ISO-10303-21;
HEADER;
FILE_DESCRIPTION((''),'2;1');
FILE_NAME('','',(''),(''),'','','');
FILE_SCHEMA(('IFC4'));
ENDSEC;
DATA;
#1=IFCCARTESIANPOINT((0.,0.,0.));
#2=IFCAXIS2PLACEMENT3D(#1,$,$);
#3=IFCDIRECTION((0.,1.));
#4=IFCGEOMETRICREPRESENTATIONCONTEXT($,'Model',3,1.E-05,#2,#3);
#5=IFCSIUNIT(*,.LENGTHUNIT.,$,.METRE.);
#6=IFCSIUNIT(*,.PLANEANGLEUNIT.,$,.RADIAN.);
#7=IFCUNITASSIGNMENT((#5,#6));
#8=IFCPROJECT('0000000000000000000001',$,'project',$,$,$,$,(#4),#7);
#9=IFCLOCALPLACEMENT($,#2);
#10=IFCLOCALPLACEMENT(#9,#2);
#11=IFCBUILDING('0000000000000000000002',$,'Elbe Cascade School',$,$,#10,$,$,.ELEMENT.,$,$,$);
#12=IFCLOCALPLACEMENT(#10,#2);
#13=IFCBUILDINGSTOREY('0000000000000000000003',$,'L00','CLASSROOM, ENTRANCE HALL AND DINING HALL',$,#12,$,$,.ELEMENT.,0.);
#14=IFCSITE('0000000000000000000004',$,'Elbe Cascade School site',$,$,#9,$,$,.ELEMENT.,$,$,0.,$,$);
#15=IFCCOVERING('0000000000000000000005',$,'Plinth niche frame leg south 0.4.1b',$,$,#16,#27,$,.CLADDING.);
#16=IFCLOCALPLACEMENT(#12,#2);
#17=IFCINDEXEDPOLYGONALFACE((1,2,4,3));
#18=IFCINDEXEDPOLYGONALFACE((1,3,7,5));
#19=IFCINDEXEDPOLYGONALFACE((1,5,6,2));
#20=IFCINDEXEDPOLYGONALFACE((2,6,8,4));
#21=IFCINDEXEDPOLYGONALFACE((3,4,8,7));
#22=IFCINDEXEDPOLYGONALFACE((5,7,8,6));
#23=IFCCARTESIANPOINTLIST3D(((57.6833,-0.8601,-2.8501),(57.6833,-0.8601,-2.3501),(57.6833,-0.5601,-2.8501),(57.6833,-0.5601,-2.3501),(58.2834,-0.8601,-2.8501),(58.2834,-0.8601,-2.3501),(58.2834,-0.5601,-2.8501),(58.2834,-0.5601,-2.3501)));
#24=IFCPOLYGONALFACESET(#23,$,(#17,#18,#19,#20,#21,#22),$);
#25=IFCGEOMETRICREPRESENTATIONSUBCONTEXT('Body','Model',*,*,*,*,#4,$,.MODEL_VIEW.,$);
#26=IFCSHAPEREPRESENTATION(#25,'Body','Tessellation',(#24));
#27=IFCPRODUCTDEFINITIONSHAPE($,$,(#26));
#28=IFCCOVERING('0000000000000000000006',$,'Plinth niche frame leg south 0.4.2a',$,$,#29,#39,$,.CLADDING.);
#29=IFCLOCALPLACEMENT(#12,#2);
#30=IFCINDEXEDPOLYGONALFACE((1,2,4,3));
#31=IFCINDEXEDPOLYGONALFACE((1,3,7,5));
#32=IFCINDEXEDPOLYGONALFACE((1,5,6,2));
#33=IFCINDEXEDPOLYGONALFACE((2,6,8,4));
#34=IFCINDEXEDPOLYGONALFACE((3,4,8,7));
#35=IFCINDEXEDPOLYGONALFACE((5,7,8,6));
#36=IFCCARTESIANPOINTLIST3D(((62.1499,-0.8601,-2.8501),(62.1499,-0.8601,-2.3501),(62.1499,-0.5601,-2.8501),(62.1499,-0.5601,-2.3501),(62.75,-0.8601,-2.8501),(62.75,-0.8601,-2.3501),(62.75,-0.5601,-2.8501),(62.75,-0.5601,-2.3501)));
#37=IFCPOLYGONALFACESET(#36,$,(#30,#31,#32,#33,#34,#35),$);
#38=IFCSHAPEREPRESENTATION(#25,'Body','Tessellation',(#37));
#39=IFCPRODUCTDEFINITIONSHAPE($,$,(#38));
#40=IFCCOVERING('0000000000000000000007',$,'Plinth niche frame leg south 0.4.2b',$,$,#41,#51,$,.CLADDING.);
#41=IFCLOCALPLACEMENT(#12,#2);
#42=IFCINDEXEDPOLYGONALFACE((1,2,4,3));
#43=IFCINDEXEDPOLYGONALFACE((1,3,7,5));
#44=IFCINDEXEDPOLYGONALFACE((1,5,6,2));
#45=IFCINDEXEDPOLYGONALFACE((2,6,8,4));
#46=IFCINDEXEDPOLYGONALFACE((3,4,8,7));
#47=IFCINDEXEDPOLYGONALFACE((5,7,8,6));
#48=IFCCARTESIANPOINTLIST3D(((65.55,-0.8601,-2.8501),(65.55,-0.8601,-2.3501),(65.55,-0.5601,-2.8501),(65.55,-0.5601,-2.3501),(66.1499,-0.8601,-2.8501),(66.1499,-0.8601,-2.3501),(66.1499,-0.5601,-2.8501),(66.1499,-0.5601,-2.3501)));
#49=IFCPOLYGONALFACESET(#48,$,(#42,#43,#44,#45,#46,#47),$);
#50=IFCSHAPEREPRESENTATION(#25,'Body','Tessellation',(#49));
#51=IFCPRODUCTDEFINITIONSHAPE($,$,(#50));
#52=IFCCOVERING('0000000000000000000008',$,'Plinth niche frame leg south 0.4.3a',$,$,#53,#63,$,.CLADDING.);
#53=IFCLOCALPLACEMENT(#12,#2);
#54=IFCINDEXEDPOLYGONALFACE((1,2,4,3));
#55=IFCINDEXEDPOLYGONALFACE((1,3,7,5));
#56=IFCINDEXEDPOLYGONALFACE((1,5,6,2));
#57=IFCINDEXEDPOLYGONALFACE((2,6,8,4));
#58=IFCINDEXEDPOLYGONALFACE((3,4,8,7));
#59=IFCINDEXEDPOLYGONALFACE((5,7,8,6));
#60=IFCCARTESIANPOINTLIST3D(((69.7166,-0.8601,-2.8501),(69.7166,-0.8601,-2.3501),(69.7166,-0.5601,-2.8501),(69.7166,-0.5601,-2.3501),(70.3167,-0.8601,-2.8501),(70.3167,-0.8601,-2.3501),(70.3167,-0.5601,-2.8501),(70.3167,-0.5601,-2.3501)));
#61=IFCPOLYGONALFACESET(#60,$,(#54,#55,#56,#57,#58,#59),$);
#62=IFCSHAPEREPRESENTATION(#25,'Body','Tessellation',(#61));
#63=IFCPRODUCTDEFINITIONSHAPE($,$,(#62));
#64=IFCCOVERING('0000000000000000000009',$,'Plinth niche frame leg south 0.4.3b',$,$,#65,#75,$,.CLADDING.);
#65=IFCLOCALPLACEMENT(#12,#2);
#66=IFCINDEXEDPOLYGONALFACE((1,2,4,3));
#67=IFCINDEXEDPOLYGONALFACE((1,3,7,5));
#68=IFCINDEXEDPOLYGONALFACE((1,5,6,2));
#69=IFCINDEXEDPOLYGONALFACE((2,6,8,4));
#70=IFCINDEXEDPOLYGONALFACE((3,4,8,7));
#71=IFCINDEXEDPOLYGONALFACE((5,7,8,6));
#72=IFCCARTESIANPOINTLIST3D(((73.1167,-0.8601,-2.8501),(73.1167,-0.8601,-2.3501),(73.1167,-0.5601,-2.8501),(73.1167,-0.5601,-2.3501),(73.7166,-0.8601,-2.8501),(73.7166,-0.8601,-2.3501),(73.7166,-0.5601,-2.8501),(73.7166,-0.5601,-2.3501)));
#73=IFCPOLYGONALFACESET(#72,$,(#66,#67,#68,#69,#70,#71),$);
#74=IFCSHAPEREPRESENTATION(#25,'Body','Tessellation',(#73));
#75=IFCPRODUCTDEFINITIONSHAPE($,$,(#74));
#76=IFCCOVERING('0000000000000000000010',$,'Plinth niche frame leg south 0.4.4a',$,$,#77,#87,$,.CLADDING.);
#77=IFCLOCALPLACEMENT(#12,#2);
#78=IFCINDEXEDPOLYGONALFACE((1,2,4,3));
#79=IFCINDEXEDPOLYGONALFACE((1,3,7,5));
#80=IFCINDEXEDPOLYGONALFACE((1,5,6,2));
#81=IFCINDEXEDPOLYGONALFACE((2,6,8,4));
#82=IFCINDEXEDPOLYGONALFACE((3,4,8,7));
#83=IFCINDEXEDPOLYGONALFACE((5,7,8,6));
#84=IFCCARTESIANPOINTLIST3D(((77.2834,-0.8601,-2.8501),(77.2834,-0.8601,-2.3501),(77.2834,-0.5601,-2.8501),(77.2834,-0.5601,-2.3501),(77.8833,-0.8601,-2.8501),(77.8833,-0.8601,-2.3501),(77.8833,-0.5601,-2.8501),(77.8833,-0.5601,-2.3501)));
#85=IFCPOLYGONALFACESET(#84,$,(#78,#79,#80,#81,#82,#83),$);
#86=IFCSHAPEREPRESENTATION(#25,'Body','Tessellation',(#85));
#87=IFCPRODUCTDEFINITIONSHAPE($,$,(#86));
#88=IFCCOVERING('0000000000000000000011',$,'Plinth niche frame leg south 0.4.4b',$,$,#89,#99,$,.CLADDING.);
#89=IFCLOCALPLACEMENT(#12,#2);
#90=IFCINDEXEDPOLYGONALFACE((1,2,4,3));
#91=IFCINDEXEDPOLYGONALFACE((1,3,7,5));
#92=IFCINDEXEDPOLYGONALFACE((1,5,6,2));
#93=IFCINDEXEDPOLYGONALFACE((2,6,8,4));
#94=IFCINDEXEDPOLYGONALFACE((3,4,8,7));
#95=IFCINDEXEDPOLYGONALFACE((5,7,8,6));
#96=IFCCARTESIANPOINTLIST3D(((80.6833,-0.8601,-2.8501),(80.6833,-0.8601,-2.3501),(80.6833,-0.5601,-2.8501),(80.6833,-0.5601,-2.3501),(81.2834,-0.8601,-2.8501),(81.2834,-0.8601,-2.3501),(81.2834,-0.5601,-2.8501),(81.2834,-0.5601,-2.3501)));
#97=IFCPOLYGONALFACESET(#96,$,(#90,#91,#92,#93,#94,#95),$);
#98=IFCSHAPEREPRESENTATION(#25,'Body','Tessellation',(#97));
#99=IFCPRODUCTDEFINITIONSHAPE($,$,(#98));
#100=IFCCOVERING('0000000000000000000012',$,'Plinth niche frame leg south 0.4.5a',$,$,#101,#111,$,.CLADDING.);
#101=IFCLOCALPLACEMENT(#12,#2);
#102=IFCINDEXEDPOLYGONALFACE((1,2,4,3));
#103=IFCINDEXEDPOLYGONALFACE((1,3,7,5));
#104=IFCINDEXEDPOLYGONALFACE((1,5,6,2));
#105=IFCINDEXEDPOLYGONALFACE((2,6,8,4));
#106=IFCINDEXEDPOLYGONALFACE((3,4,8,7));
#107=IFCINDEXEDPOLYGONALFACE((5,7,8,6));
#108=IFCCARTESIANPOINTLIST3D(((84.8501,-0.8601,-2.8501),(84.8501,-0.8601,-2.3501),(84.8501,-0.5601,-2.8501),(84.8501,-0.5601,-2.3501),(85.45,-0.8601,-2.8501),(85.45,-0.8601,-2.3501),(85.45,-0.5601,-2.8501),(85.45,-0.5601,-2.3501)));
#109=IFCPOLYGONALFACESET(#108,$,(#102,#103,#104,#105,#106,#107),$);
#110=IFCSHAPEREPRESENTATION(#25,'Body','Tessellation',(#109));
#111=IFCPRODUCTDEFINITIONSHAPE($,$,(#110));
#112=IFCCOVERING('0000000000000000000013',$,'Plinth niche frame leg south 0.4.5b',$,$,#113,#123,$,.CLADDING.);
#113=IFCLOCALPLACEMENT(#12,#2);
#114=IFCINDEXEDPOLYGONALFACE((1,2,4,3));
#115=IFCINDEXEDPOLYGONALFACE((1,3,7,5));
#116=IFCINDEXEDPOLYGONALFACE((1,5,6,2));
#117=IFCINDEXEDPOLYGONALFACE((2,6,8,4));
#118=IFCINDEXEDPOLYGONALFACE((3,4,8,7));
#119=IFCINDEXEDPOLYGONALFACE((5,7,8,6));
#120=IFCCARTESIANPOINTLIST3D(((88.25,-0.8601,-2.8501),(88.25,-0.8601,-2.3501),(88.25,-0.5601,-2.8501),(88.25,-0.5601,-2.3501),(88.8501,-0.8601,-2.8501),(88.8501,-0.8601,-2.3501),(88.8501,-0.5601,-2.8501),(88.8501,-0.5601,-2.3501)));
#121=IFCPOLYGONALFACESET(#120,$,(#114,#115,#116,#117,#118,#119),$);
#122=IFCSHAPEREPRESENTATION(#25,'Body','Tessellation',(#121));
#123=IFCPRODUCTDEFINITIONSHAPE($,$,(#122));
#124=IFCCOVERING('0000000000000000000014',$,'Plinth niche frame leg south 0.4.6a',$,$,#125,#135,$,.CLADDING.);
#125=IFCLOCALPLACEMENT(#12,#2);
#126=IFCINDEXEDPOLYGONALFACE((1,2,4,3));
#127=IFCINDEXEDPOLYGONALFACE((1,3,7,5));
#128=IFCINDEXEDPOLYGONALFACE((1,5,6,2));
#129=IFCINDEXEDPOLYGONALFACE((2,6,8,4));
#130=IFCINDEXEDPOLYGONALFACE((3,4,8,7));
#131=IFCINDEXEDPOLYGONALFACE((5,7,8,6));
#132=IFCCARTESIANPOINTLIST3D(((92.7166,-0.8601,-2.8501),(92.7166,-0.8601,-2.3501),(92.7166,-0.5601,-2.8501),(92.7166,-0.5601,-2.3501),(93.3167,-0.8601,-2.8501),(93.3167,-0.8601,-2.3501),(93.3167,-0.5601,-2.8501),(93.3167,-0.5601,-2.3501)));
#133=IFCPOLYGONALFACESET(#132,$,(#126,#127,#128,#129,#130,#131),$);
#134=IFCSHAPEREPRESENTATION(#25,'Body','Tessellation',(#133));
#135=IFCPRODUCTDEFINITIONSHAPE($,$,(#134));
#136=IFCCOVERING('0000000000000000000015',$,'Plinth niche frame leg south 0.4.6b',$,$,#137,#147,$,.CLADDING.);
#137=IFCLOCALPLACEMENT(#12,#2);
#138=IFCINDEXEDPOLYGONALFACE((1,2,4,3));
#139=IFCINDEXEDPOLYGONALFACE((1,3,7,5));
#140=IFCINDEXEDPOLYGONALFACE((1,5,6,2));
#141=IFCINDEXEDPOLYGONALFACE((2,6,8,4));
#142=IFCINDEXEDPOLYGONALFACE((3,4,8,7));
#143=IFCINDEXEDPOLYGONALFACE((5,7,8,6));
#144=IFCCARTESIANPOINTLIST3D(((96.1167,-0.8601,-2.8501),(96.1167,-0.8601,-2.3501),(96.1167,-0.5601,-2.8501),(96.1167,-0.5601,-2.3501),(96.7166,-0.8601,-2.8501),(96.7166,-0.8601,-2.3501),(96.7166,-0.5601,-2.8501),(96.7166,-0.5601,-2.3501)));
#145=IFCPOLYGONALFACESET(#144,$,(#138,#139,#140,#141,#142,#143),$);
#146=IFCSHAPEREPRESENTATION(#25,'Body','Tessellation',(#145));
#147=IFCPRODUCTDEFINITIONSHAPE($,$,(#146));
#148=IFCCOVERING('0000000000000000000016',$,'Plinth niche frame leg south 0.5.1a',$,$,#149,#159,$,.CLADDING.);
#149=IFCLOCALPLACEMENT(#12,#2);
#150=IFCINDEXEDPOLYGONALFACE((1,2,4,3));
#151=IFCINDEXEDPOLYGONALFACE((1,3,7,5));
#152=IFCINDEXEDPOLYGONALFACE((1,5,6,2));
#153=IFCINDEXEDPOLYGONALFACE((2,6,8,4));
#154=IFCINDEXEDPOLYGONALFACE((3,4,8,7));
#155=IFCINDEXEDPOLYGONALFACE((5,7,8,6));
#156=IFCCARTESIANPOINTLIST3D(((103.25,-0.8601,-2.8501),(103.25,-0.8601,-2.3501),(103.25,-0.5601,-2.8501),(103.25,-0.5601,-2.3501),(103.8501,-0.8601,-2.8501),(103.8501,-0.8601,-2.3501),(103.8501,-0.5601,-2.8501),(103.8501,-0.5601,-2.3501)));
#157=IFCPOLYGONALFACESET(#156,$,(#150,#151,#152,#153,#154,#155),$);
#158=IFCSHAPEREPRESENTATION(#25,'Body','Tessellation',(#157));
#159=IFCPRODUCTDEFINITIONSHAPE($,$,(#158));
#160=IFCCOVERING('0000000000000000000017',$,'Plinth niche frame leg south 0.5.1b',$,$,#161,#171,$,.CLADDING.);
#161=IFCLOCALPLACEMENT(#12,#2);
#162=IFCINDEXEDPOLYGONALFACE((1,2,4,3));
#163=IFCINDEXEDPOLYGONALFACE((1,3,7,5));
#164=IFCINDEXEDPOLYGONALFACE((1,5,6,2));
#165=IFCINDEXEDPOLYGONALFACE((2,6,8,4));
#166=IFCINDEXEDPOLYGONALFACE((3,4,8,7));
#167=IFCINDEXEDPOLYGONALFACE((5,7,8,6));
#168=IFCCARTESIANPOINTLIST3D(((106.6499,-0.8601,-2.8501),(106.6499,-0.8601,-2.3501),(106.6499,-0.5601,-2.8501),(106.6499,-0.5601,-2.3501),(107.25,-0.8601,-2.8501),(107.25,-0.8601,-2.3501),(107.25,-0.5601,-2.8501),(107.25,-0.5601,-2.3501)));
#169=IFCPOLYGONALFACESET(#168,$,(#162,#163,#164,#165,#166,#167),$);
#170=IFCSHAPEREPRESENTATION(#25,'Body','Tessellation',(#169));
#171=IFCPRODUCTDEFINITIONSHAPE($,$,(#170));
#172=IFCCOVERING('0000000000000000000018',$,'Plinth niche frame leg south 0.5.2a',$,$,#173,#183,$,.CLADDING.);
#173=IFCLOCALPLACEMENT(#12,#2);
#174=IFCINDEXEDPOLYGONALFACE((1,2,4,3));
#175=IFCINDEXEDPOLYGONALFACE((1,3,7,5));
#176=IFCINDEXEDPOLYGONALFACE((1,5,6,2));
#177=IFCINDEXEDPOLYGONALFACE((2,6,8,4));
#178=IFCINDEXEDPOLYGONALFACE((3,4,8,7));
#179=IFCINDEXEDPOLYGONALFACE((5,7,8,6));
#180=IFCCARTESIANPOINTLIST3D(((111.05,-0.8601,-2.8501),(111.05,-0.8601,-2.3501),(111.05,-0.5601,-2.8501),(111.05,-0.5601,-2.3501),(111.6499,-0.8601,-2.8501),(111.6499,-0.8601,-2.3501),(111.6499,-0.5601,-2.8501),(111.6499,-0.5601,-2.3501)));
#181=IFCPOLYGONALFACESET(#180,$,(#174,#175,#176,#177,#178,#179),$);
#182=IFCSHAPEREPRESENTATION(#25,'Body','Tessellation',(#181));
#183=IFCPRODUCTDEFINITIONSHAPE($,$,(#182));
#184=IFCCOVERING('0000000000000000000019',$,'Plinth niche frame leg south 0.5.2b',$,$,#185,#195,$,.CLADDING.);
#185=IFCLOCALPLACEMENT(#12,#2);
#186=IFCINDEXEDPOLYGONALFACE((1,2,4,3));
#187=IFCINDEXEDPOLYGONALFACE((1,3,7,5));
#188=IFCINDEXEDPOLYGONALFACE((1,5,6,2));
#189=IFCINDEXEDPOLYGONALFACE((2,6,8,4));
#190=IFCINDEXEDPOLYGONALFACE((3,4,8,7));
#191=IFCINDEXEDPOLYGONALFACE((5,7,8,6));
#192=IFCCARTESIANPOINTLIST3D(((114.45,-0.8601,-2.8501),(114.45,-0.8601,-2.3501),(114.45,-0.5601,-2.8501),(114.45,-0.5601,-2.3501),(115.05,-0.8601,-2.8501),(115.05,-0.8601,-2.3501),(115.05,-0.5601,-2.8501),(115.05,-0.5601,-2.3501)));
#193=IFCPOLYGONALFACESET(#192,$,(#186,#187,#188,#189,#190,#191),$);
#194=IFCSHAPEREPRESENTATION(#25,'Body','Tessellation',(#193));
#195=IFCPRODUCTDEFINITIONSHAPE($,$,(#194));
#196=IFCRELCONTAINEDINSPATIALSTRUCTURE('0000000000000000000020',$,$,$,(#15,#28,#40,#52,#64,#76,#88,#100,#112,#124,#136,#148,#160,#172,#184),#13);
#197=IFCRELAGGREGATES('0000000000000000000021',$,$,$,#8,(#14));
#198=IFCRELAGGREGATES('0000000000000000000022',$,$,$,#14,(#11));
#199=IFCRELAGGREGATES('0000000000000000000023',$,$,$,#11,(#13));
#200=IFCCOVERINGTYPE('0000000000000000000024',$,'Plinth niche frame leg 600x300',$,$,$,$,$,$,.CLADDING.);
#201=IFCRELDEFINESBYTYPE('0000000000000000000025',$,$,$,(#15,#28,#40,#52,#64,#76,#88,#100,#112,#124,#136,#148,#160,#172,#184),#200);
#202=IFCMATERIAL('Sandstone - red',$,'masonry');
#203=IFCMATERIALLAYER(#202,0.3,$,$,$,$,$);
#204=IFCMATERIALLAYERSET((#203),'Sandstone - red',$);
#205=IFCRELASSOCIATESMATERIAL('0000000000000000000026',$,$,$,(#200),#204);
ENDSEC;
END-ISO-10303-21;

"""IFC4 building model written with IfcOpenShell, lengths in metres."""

from ifc_helpers import new_model, si_unit, direction, frame, origin, place, context, subcontext, project, spatial, polyline, outline, extrude, material, layer, layer_set, type_object, element, save


model = new_model("IFC4")

# Units and contexts
model_context = context("Model", 3, precision=1e-05, world=origin(), true_north=direction((0.0, 1.0)))
body_context = subcontext(model_context, "Body", "Model", "MODEL_VIEW")
ifc_project = project(units=[si_unit("LENGTHUNIT", "METRE"), si_unit("PLANEANGLEUNIT", "RADIAN")], contexts=[model_context])

# Site, building, storey
site_placement = place(None, origin())
site = spatial("IfcSite", under=ifc_project, at=site_placement, Name="Elbe Cascade School site", CompositionType="ELEMENT", RefElevation=0.0)
building_placement = place(site_placement, origin())
building = spatial("IfcBuilding", under=site, at=building_placement, Name="Elbe Cascade School", CompositionType="ELEMENT")
storey_placement = place(building_placement, origin())
storey = spatial("IfcBuildingStorey", under=building, at=storey_placement, Name="L00", Description="CLASSROOM, ENTRANCE HALL AND DINING HALL", CompositionType="ELEMENT", Elevation=0.0)

# Coverings
ifc_material = material(Name="Sandstone - red", Category="masonry")
ifc_layer = layer(ifc_material, 0.3)
ifc_layer_set = layer_set([ifc_layer], Name="Sandstone - red")
covering_type = type_object("IfcCoveringType", Name="Plinth niche frame leg 600x300", PredefinedType="CLADDING", material=ifc_layer_set)
covering_1_placement = place(storey_placement, frame((0.0, 0.0, -2.8501)))
element("IfcCovering", 1, at=covering_1_placement, inside=storey, type_object=covering_type, Name="Plinth niche frame leg south 0.4.1b", PredefinedType="CLADDING", context=body_context, shape_type="SweptSolid", body=[
    extrude(outline(polyline([(57.6833, -0.8601), (58.2834, -0.8601), (58.2834, -0.5601), (57.6833, -0.5601), (57.6833, -0.8601)])), origin(), (0.0, 0.0, 1.0), 0.5),
])
covering_2_placement = place(storey_placement, frame((0.0, 0.0, -2.8501)))
element("IfcCovering", 2, at=covering_2_placement, inside=storey, type_object=covering_type, Name="Plinth niche frame leg south 0.4.2a", PredefinedType="CLADDING", context=body_context, shape_type="SweptSolid", body=[
    extrude(outline(polyline([(62.1499, -0.8601), (62.75, -0.8601), (62.75, -0.5601), (62.1499, -0.5601), (62.1499, -0.8601)])), origin(), (0.0, 0.0, 1.0), 0.5),
])
covering_3_placement = place(storey_placement, frame((0.0, 0.0, -2.8501)))
element("IfcCovering", 3, at=covering_3_placement, inside=storey, type_object=covering_type, Name="Plinth niche frame leg south 0.4.2b", PredefinedType="CLADDING", context=body_context, shape_type="SweptSolid", body=[
    extrude(outline(polyline([(65.55, -0.8601), (66.1499, -0.8601), (66.1499, -0.5601), (65.55, -0.5601), (65.55, -0.8601)])), origin(), (0.0, 0.0, 1.0), 0.5),
])
covering_4_placement = place(storey_placement, frame((0.0, 0.0, -2.8501)))
element("IfcCovering", 4, at=covering_4_placement, inside=storey, type_object=covering_type, Name="Plinth niche frame leg south 0.4.3a", PredefinedType="CLADDING", context=body_context, shape_type="SweptSolid", body=[
    extrude(outline(polyline([(69.7166, -0.8601), (70.3167, -0.8601), (70.3167, -0.5601), (69.7166, -0.5601), (69.7166, -0.8601)])), origin(), (0.0, 0.0, 1.0), 0.5),
])
covering_5_placement = place(storey_placement, frame((0.0, 0.0, -2.8501)))
element("IfcCovering", 5, at=covering_5_placement, inside=storey, type_object=covering_type, Name="Plinth niche frame leg south 0.4.3b", PredefinedType="CLADDING", context=body_context, shape_type="SweptSolid", body=[
    extrude(outline(polyline([(73.1167, -0.8601), (73.7166, -0.8601), (73.7166, -0.5601), (73.1167, -0.5601), (73.1167, -0.8601)])), origin(), (0.0, 0.0, 1.0), 0.5),
])
covering_6_placement = place(storey_placement, frame((0.0, 0.0, -2.8501)))
element("IfcCovering", 6, at=covering_6_placement, inside=storey, type_object=covering_type, Name="Plinth niche frame leg south 0.4.4a", PredefinedType="CLADDING", context=body_context, shape_type="SweptSolid", body=[
    extrude(outline(polyline([(77.2834, -0.8601), (77.8833, -0.8601), (77.8833, -0.5601), (77.2834, -0.5601), (77.2834, -0.8601)])), origin(), (0.0, 0.0, 1.0), 0.5),
])
covering_7_placement = place(storey_placement, frame((0.0, 0.0, -2.8501)))
element("IfcCovering", 7, at=covering_7_placement, inside=storey, type_object=covering_type, Name="Plinth niche frame leg south 0.4.4b", PredefinedType="CLADDING", context=body_context, shape_type="SweptSolid", body=[
    extrude(outline(polyline([(80.6833, -0.8601), (81.2834, -0.8601), (81.2834, -0.5601), (80.6833, -0.5601), (80.6833, -0.8601)])), origin(), (0.0, 0.0, 1.0), 0.5),
])
covering_8_placement = place(storey_placement, frame((0.0, 0.0, -2.8501)))
element("IfcCovering", 8, at=covering_8_placement, inside=storey, type_object=covering_type, Name="Plinth niche frame leg south 0.4.5a", PredefinedType="CLADDING", context=body_context, shape_type="SweptSolid", body=[
    extrude(outline(polyline([(84.8501, -0.8601), (85.45, -0.8601), (85.45, -0.5601), (84.8501, -0.5601), (84.8501, -0.8601)])), origin(), (0.0, 0.0, 1.0), 0.5),
])
covering_9_placement = place(storey_placement, frame((0.0, 0.0, -2.8501)))
element("IfcCovering", 9, at=covering_9_placement, inside=storey, type_object=covering_type, Name="Plinth niche frame leg south 0.4.5b", PredefinedType="CLADDING", context=body_context, shape_type="SweptSolid", body=[
    extrude(outline(polyline([(88.25, -0.8601), (88.8501, -0.8601), (88.8501, -0.5601), (88.25, -0.5601), (88.25, -0.8601)])), origin(), (0.0, 0.0, 1.0), 0.5),
])
covering_10_placement = place(storey_placement, frame((0.0, 0.0, -2.8501)))
element("IfcCovering", 10, at=covering_10_placement, inside=storey, type_object=covering_type, Name="Plinth niche frame leg south 0.4.6a", PredefinedType="CLADDING", context=body_context, shape_type="SweptSolid", body=[
    extrude(outline(polyline([(92.7166, -0.8601), (93.3167, -0.8601), (93.3167, -0.5601), (92.7166, -0.5601), (92.7166, -0.8601)])), origin(), (0.0, 0.0, 1.0), 0.5),
])
covering_11_placement = place(storey_placement, frame((0.0, 0.0, -2.8501)))
element("IfcCovering", 11, at=covering_11_placement, inside=storey, type_object=covering_type, Name="Plinth niche frame leg south 0.4.6b", PredefinedType="CLADDING", context=body_context, shape_type="SweptSolid", body=[
    extrude(outline(polyline([(96.1167, -0.8601), (96.7166, -0.8601), (96.7166, -0.5601), (96.1167, -0.5601), (96.1167, -0.8601)])), origin(), (0.0, 0.0, 1.0), 0.5),
])
covering_12_placement = place(storey_placement, frame((0.0, 0.0, -2.8501)))
element("IfcCovering", 12, at=covering_12_placement, inside=storey, type_object=covering_type, Name="Plinth niche frame leg south 0.5.1a", PredefinedType="CLADDING", context=body_context, shape_type="SweptSolid", body=[
    extrude(outline(polyline([(103.25, -0.8601), (103.8501, -0.8601), (103.8501, -0.5601), (103.25, -0.5601), (103.25, -0.8601)])), origin(), (0.0, 0.0, 1.0), 0.5),
])
covering_13_placement = place(storey_placement, frame((0.0, 0.0, -2.8501)))
element("IfcCovering", 13, at=covering_13_placement, inside=storey, type_object=covering_type, Name="Plinth niche frame leg south 0.5.1b", PredefinedType="CLADDING", context=body_context, shape_type="SweptSolid", body=[
    extrude(outline(polyline([(106.6499, -0.8601), (107.25, -0.8601), (107.25, -0.5601), (106.6499, -0.5601), (106.6499, -0.8601)])), origin(), (0.0, 0.0, 1.0), 0.5),
])
covering_14_placement = place(storey_placement, frame((0.0, 0.0, -2.8501)))
element("IfcCovering", 14, at=covering_14_placement, inside=storey, type_object=covering_type, Name="Plinth niche frame leg south 0.5.2a", PredefinedType="CLADDING", context=body_context, shape_type="SweptSolid", body=[
    extrude(outline(polyline([(111.05, -0.8601), (111.6499, -0.8601), (111.6499, -0.5601), (111.05, -0.5601), (111.05, -0.8601)])), origin(), (0.0, 0.0, 1.0), 0.5),
])
covering_15_placement = place(storey_placement, frame((0.0, 0.0, -2.8501)))
element("IfcCovering", 15, at=covering_15_placement, inside=storey, type_object=covering_type, Name="Plinth niche frame leg south 0.5.2b", PredefinedType="CLADDING", context=body_context, shape_type="SweptSolid", body=[
    extrude(outline(polyline([(114.45, -0.8601), (115.05, -0.8601), (115.05, -0.5601), (114.45, -0.5601), (114.45, -0.8601)])), origin(), (0.0, 0.0, 1.0), 0.5),
])

save(model, "model.ifc")
